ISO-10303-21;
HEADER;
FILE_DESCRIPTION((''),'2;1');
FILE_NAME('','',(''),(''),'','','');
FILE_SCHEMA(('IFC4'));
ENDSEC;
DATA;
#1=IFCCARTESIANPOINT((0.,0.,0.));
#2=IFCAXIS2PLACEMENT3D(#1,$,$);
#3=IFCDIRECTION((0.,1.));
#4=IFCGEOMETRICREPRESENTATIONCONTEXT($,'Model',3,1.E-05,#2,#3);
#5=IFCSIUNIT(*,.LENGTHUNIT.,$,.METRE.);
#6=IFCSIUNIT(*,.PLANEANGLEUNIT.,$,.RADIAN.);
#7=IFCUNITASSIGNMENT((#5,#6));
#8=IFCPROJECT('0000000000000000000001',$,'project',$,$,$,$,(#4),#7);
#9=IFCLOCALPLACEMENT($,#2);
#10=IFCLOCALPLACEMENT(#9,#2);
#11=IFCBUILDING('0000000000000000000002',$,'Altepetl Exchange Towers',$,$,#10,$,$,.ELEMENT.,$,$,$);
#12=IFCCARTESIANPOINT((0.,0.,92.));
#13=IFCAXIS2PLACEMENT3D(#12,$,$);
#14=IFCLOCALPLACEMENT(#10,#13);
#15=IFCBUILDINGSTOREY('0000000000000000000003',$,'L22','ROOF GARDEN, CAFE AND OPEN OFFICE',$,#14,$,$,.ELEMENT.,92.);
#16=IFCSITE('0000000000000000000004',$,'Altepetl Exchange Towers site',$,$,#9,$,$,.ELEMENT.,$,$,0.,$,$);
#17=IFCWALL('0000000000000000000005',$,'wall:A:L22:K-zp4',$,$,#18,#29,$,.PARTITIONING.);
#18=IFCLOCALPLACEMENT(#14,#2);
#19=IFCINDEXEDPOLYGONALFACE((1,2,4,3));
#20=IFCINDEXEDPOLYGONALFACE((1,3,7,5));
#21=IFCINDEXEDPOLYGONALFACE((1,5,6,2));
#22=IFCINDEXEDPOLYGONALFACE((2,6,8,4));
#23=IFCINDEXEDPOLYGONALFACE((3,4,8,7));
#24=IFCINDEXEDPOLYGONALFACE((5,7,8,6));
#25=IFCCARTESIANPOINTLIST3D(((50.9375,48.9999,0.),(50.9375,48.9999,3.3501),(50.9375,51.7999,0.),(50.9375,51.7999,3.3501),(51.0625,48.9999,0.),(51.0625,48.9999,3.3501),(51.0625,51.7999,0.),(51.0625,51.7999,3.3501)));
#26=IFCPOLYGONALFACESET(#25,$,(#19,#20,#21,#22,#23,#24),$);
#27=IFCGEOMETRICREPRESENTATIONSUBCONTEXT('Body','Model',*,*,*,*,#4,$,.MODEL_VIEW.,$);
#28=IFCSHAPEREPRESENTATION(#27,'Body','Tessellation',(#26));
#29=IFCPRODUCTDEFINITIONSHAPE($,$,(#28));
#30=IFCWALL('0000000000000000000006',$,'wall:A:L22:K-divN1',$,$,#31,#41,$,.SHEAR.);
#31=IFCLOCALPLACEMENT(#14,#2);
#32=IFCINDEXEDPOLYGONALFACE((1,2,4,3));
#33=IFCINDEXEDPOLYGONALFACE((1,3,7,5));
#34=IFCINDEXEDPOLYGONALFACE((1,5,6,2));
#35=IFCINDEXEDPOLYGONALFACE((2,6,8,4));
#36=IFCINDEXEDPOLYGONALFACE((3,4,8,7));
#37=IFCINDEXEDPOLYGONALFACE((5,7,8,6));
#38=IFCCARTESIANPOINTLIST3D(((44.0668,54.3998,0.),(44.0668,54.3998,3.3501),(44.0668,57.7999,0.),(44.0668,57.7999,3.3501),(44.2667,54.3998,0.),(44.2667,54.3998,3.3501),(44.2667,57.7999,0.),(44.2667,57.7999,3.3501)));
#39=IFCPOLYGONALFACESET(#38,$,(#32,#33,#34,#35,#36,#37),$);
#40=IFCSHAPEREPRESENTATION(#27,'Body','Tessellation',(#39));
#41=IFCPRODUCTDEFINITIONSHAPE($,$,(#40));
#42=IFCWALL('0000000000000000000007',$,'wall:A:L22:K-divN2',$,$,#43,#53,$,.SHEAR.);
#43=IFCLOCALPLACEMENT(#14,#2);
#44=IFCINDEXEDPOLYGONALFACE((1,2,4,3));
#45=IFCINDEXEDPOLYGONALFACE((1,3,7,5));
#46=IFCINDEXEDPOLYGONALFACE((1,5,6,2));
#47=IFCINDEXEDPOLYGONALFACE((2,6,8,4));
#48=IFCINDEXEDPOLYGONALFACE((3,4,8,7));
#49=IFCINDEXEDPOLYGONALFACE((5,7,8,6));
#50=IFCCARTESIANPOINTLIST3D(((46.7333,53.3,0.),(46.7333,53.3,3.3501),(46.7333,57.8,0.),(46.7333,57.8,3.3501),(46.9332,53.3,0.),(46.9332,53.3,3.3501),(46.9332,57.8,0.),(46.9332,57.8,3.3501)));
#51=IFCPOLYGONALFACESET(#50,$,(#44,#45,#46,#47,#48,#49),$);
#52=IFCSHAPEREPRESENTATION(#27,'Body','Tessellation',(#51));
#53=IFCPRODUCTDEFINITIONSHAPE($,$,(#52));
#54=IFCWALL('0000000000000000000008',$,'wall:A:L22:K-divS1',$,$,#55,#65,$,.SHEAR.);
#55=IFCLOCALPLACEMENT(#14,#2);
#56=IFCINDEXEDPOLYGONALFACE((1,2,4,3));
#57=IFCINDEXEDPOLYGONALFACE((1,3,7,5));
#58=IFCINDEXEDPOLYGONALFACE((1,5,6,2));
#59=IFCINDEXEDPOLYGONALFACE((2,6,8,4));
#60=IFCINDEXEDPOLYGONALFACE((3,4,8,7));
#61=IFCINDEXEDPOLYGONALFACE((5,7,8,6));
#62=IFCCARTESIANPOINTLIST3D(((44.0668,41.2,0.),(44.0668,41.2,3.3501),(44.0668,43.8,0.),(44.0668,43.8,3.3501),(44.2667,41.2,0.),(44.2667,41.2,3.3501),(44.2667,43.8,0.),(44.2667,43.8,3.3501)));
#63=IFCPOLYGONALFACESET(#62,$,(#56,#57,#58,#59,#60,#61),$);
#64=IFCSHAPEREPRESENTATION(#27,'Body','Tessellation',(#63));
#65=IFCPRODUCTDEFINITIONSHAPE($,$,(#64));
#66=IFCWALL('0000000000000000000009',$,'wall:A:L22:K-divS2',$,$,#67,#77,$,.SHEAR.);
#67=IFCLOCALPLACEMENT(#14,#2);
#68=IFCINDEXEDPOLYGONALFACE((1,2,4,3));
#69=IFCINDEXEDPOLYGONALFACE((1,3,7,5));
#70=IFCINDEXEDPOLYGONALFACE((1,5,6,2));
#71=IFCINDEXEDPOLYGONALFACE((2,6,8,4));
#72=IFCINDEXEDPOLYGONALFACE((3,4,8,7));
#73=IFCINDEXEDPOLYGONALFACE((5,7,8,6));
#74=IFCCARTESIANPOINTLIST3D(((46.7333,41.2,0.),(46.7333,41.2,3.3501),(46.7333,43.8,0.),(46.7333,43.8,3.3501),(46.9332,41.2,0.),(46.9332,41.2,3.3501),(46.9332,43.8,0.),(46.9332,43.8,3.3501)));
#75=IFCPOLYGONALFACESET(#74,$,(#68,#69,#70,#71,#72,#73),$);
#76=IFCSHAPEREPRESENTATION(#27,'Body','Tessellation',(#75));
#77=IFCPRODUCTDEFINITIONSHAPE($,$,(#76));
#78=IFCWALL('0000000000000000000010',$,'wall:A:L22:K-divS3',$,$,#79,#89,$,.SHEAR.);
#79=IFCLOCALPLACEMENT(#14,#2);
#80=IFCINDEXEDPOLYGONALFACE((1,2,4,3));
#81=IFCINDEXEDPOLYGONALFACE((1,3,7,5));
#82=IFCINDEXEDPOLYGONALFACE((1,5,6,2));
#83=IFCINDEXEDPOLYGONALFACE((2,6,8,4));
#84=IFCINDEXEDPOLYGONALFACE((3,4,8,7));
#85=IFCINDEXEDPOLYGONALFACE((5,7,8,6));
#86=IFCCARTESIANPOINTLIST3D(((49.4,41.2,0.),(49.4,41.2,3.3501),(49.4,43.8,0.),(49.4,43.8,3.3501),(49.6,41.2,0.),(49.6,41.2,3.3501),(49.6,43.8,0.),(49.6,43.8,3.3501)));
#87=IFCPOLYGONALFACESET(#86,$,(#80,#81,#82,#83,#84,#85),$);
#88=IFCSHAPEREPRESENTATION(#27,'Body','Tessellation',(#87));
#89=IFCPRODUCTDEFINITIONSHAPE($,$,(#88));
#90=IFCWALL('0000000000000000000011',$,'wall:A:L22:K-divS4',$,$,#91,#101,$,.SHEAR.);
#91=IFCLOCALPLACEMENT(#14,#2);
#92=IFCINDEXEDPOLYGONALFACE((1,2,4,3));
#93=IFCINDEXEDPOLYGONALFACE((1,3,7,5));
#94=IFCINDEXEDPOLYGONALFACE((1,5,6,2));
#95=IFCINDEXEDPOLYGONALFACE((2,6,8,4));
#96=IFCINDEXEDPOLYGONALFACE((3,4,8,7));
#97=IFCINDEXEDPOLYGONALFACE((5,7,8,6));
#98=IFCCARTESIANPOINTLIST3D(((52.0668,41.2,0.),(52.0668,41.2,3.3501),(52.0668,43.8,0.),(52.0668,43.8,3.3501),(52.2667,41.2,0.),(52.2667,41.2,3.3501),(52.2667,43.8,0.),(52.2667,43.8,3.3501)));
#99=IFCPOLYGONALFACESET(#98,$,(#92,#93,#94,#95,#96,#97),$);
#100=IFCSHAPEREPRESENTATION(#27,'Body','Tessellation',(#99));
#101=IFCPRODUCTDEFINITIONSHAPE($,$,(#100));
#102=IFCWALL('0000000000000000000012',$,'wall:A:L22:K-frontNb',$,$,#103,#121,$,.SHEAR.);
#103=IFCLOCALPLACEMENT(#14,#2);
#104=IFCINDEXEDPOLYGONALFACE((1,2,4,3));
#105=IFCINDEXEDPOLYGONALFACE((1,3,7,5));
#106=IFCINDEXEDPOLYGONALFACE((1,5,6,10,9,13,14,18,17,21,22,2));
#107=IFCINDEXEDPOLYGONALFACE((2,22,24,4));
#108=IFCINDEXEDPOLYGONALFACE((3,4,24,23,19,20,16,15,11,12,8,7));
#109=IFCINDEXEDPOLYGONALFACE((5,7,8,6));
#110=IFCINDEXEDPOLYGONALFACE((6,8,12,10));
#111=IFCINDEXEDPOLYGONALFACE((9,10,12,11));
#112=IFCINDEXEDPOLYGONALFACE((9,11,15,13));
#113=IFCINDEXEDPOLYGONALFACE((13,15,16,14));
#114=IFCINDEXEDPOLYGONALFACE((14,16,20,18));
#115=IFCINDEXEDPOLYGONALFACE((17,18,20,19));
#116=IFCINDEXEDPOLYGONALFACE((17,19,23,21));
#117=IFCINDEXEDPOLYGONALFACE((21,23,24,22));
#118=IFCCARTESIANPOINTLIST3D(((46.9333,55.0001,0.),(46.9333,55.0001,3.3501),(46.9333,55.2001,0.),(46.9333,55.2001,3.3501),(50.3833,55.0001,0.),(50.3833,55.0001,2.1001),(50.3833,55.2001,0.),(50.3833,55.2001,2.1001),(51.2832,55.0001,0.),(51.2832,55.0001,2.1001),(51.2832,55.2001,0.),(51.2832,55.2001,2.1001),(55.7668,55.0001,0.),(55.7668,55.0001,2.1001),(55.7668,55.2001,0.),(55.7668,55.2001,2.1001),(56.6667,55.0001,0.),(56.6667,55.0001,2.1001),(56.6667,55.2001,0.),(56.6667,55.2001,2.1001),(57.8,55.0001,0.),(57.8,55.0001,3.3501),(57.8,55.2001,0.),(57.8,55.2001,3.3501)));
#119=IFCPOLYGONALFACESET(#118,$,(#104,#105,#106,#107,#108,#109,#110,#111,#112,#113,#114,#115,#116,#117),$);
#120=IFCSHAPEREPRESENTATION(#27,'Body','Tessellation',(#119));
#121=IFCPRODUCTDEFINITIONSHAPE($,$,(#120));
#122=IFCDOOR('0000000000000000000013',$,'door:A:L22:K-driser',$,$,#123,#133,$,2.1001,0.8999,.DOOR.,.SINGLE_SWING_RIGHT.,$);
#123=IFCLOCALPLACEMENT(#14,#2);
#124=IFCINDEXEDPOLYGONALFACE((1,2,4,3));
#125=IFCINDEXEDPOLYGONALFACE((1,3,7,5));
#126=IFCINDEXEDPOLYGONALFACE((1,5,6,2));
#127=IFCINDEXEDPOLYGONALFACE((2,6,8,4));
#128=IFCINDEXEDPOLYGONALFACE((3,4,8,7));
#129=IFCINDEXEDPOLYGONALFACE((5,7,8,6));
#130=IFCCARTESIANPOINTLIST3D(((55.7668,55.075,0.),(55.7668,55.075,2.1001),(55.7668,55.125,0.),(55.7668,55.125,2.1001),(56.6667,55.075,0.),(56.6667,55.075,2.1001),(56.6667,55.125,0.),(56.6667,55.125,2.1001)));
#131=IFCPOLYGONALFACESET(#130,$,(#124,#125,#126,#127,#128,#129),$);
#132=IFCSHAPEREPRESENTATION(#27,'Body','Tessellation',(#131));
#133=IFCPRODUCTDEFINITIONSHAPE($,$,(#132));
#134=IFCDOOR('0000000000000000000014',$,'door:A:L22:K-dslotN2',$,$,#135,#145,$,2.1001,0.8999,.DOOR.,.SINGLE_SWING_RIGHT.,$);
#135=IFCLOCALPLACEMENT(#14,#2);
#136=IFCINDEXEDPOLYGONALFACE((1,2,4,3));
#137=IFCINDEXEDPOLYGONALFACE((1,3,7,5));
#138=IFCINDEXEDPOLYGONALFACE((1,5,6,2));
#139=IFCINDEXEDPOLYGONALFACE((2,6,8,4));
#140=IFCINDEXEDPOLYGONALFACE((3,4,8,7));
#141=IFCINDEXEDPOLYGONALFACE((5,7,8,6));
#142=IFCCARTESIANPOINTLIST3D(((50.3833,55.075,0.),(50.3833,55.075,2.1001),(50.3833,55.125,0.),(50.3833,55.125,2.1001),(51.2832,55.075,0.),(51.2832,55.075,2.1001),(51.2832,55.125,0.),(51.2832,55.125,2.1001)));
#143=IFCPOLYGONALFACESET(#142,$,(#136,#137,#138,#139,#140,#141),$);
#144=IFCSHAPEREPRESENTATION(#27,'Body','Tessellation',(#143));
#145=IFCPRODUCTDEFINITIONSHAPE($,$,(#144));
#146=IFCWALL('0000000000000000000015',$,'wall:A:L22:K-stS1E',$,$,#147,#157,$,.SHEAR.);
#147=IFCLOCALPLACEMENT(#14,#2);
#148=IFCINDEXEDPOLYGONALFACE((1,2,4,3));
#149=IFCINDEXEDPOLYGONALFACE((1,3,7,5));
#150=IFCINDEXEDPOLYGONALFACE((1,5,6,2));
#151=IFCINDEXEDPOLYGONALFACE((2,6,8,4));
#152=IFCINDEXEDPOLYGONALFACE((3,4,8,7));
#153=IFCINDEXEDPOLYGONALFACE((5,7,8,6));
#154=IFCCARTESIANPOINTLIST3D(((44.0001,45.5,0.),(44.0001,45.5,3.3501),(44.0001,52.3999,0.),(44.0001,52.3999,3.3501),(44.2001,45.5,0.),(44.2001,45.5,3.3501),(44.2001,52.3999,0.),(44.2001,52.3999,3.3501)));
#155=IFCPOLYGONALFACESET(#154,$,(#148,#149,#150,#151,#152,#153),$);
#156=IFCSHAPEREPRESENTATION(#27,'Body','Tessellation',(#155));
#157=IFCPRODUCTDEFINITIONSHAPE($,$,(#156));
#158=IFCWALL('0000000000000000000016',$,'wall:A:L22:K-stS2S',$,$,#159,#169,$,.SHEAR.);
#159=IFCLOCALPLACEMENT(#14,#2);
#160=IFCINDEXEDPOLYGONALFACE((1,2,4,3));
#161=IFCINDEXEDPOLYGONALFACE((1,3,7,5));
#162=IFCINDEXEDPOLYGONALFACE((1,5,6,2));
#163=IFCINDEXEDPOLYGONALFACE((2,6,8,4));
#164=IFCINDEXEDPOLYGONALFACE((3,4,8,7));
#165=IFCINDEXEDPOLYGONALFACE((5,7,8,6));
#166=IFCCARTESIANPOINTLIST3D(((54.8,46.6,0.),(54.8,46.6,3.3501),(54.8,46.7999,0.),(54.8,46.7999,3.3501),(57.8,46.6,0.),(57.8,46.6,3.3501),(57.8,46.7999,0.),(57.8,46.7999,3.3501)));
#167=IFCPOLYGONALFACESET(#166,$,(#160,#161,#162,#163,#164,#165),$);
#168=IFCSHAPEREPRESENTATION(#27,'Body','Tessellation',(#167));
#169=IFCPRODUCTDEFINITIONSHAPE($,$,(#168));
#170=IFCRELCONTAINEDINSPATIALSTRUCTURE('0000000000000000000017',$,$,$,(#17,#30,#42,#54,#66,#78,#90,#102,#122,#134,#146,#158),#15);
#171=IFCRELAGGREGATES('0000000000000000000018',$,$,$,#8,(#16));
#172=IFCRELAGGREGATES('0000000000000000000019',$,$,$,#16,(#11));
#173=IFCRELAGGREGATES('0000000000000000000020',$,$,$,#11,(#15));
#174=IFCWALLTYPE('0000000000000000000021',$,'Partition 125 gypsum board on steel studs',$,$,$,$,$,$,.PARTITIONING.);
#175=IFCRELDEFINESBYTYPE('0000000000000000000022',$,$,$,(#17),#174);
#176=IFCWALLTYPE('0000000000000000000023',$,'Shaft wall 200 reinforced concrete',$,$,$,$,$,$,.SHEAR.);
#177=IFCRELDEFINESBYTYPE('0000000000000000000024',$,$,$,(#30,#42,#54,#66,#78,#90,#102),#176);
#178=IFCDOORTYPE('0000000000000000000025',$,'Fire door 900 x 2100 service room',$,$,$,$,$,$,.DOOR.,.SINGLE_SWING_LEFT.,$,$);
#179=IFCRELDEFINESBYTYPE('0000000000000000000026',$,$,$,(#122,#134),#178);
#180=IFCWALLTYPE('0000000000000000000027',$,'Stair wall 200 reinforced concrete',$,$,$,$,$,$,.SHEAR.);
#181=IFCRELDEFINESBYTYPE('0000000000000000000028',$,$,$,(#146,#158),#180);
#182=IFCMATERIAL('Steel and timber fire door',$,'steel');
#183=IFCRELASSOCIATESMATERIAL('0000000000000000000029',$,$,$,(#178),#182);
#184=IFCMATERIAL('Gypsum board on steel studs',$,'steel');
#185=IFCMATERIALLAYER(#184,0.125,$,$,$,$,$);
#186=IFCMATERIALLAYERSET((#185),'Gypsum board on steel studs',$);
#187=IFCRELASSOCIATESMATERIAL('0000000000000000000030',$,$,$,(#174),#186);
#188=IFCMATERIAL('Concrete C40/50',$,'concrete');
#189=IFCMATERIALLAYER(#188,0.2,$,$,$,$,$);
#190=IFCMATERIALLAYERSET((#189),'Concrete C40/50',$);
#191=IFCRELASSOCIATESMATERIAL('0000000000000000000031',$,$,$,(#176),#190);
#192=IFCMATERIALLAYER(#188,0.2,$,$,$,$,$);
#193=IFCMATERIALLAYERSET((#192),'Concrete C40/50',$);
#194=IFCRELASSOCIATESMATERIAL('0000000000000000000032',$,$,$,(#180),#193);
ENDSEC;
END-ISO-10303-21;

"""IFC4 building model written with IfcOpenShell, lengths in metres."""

from ifc_helpers import new_model, si_unit, direction, frame, frame_2d, origin, place, context, subcontext, project, spatial, rectangle, extrude, material, layer, layer_set, type_object, element, fill, save


model = new_model("IFC4")

# Units and contexts
model_context = context("Model", 3, precision=1e-05, world=origin(), true_north=direction((0.0, 1.0)))
body_context = subcontext(model_context, "Body", "Model", "MODEL_VIEW")
ifc_project = project(units=[si_unit("LENGTHUNIT", "METRE"), si_unit("PLANEANGLEUNIT", "RADIAN")], contexts=[model_context])

# Site, building, storey
site_placement = place(None, origin())
site = spatial("IfcSite", under=ifc_project, at=site_placement, Name="Altepetl Exchange Towers site", CompositionType="ELEMENT", RefElevation=0.0)
building_placement = place(site_placement, origin())
building = spatial("IfcBuilding", under=site, at=building_placement, Name="Altepetl Exchange Towers", CompositionType="ELEMENT")
storey_placement = place(building_placement, frame((0.0, 0.0, 92.0)))
storey = spatial("IfcBuildingStorey", under=building, at=storey_placement, Name="L22", Description="ROOF GARDEN, CAFE AND OPEN OFFICE", CompositionType="ELEMENT", Elevation=92.0)

# Shared definitions
ifc_material_1 = material(Name="Steel and timber fire door", Category="steel")

# Shared definitions
door_type_1 = type_object("IfcDoorType", Name="Fire door 900 x 2100 service room", OperationType="SINGLE_SWING_LEFT", PredefinedType="DOOR", material=ifc_material_1)

# Walls
ifc_material_2 = material(Name="Gypsum board on steel studs", Category="steel")
ifc_layer_1 = layer(ifc_material_2, 0.125)
ifc_layer_set_1 = layer_set([ifc_layer_1], Name="Gypsum board on steel studs")
wall_type_1 = type_object("IfcWallType", Name="Partition 125 gypsum board on steel studs", PredefinedType="PARTITIONING", material=ifc_layer_set_1)
wall_1_placement = place(storey_placement, frame((51.0, 49.0, 0.0), z_axis=(0.0, 0.0, 1.0), x_axis=(0.0, 1.0, 0.0)))
element("IfcWall", 1, at=wall_1_placement, inside=storey, type_object=wall_type_1, Name="wall:A:L22:K-zp4", PredefinedType="PARTITIONING", context=body_context, shape_type="SweptSolid", body=[
    extrude(rectangle(XDim=2.8, YDim=0.125, at=frame_2d((1.3999, 0.0))), origin(), (0.0, 0.0, 1.0), 3.3501),
])
ifc_material_3 = material(Name="Concrete C40/50", Category="concrete")
ifc_layer_2 = layer(ifc_material_3, 0.2)
ifc_layer_set_2 = layer_set([ifc_layer_2], Name="Concrete C40/50")
wall_type_2 = type_object("IfcWallType", Name="Shaft wall 200 reinforced concrete", PredefinedType="SHEAR", material=ifc_layer_set_2)
wall_2_placement = place(storey_placement, frame((44.1667, 57.8, 0.0), z_axis=(0.0, 0.0, 1.0), x_axis=(0.0, -1.0, 0.0)))
element("IfcWall", 2, at=wall_2_placement, inside=storey, type_object=wall_type_2, Name="wall:A:L22:K-divN1", PredefinedType="SHEAR", context=body_context, shape_type="SweptSolid", body=[
    extrude(rectangle(XDim=3.4001, YDim=0.2, at=frame_2d((1.7002, 0.0))), origin(), (0.0, 0.0, 1.0), 3.3501),
])
wall_3_placement = place(storey_placement, frame((46.8333, 57.8, 0.0), z_axis=(0.0, 0.0, 1.0), x_axis=(0.0, -1.0, 0.0)))
element("IfcWall", 3, at=wall_3_placement, inside=storey, type_object=wall_type_2, Name="wall:A:L22:K-divN2", PredefinedType="SHEAR", context=body_context, shape_type="SweptSolid", body=[
    extrude(rectangle(XDim=4.5, YDim=0.2, at=frame_2d((2.25, 0.0))), origin(), (0.0, 0.0, 1.0), 3.3501),
])
for number, where, z_axis, x_axis, name in (
    (4, (44.1667, 41.2, 0.0), (0.0, 0.0, 1.0), (0.0, 1.0, 0.0), "wall:A:L22:K-divS1"),
    (5, (46.8333, 41.2, 0.0), (0.0, 0.0, 1.0), (0.0, 1.0, 0.0), "wall:A:L22:K-divS2"),
    (6, (49.5, 41.2, 0.0), (0.0, 0.0, 1.0), (0.0, 1.0, 0.0), "wall:A:L22:K-divS3"),
    (7, (52.1667, 41.2, 0.0), (0.0, 0.0, 1.0), (0.0, 1.0, 0.0), "wall:A:L22:K-divS4"),
):
    element("IfcWall", number, at=place(storey_placement, frame(where, z_axis=z_axis, x_axis=x_axis)), inside=storey, type_object=wall_type_2, Name=name, PredefinedType="SHEAR", context=body_context, shape_type="SweptSolid", body=[
        extrude(rectangle(XDim=2.6001, YDim=0.2, at=frame_2d((1.3, 0.0))), origin(), (0.0, 0.0, 1.0), 3.3501),
    ])

# Wall, openings, doors
wall_4_placement = place(storey_placement, frame((46.9333, 55.1001, 0.0)))
wall_4 = element("IfcWall", 8, at=wall_4_placement, inside=storey, type_object=wall_type_2, Name="wall:A:L22:K-frontNb", PredefinedType="SHEAR", context=body_context, shape_type="SweptSolid", body=[
    extrude(rectangle(XDim=10.8667, YDim=0.2, at=frame_2d((5.4333, 0.0))), origin(), (0.0, 0.0, 1.0), 3.3501),
])
opening_1_placement = place(wall_4_placement, frame((8.8335, 0.0, 0.0)))
opening_1 = element("IfcOpeningElement", 9, at=opening_1_placement, cuts=wall_4, PredefinedType="OPENING", context=body_context, shape_type="SweptSolid", body=[
    extrude(rectangle(XDim=0.8999, YDim=2.1001, at=frame_2d((0.45, 1.05))), frame((0.0, 0.1099, 0.0), z_axis=(0.0, -1.0, 0.0), x_axis=(1.0, 0.0, 0.0)), (0.0, 0.0, 1.0), 0.22),
])
opening_2_placement = place(wall_4_placement, frame((3.45, 0.0, 0.0)))
opening_2 = element("IfcOpeningElement", 10, at=opening_2_placement, cuts=wall_4, PredefinedType="OPENING", context=body_context, shape_type="SweptSolid", body=[
    extrude(rectangle(XDim=0.8999, YDim=2.1001, at=frame_2d((0.45, 1.05))), frame((0.0, 0.1099, 0.0), z_axis=(0.0, -1.0, 0.0), x_axis=(1.0, 0.0, 0.0)), (0.0, 0.0, 1.0), 0.22),
])
door_1_placement = place(opening_1_placement, origin())
door_1 = element("IfcDoor", 11, at=door_1_placement, inside=storey, type_object=door_type_1, Name="door:A:L22:K-driser", OperationType="SINGLE_SWING_RIGHT", OverallHeight=2.1001, OverallWidth=0.8999, PredefinedType="DOOR", context=body_context, shape_type="SweptSolid", body=[
    extrude(rectangle(XDim=0.8999, YDim=2.1001, at=frame_2d((0.45, 1.05))), frame((0.0, 0.0249, 0.0), z_axis=(0.0, -1.0, 0.0), x_axis=(1.0, 0.0, 0.0)), (0.0, 0.0, 1.0), 0.05),
])
fill(opening_1, door_1)
door_2_placement = place(opening_2_placement, origin())
door_2 = element("IfcDoor", 12, at=door_2_placement, inside=storey, type_object=door_type_1, Name="door:A:L22:K-dslotN2", OperationType="SINGLE_SWING_RIGHT", OverallHeight=2.1001, OverallWidth=0.8999, PredefinedType="DOOR", context=body_context, shape_type="SweptSolid", body=[
    extrude(rectangle(XDim=0.8999, YDim=2.1001, at=frame_2d((0.45, 1.05))), frame((0.0, 0.0249, 0.0), z_axis=(0.0, -1.0, 0.0), x_axis=(1.0, 0.0, 0.0)), (0.0, 0.0, 1.0), 0.05),
])
fill(opening_2, door_2)

# Walls
ifc_layer_3 = layer(ifc_material_3, 0.2)
ifc_layer_set_3 = layer_set([ifc_layer_3], Name="Concrete C40/50")
wall_type_3 = type_object("IfcWallType", Name="Stair wall 200 reinforced concrete", PredefinedType="SHEAR", material=ifc_layer_set_3)
wall_5_placement = place(storey_placement, frame((44.1001, 45.5, 0.0), z_axis=(0.0, 0.0, 1.0), x_axis=(0.0, 1.0, 0.0)))
element("IfcWall", 13, at=wall_5_placement, inside=storey, type_object=wall_type_3, Name="wall:A:L22:K-stS1E", PredefinedType="SHEAR", context=body_context, shape_type="SweptSolid", body=[
    extrude(rectangle(XDim=6.8999, YDim=0.2, at=frame_2d((3.45, 0.0))), origin(), (0.0, 0.0, 1.0), 3.3501),
])
wall_6_placement = place(storey_placement, frame((54.8, 46.7, 0.0)))
element("IfcWall", 14, at=wall_6_placement, inside=storey, type_object=wall_type_3, Name="wall:A:L22:K-stS2S", PredefinedType="SHEAR", context=body_context, shape_type="SweptSolid", body=[
    extrude(rectangle(XDim=3.0, YDim=0.2, at=frame_2d((1.5, 0.0))), origin(), (0.0, 0.0, 1.0), 3.3501),
])

save(model, "model.ifc")
